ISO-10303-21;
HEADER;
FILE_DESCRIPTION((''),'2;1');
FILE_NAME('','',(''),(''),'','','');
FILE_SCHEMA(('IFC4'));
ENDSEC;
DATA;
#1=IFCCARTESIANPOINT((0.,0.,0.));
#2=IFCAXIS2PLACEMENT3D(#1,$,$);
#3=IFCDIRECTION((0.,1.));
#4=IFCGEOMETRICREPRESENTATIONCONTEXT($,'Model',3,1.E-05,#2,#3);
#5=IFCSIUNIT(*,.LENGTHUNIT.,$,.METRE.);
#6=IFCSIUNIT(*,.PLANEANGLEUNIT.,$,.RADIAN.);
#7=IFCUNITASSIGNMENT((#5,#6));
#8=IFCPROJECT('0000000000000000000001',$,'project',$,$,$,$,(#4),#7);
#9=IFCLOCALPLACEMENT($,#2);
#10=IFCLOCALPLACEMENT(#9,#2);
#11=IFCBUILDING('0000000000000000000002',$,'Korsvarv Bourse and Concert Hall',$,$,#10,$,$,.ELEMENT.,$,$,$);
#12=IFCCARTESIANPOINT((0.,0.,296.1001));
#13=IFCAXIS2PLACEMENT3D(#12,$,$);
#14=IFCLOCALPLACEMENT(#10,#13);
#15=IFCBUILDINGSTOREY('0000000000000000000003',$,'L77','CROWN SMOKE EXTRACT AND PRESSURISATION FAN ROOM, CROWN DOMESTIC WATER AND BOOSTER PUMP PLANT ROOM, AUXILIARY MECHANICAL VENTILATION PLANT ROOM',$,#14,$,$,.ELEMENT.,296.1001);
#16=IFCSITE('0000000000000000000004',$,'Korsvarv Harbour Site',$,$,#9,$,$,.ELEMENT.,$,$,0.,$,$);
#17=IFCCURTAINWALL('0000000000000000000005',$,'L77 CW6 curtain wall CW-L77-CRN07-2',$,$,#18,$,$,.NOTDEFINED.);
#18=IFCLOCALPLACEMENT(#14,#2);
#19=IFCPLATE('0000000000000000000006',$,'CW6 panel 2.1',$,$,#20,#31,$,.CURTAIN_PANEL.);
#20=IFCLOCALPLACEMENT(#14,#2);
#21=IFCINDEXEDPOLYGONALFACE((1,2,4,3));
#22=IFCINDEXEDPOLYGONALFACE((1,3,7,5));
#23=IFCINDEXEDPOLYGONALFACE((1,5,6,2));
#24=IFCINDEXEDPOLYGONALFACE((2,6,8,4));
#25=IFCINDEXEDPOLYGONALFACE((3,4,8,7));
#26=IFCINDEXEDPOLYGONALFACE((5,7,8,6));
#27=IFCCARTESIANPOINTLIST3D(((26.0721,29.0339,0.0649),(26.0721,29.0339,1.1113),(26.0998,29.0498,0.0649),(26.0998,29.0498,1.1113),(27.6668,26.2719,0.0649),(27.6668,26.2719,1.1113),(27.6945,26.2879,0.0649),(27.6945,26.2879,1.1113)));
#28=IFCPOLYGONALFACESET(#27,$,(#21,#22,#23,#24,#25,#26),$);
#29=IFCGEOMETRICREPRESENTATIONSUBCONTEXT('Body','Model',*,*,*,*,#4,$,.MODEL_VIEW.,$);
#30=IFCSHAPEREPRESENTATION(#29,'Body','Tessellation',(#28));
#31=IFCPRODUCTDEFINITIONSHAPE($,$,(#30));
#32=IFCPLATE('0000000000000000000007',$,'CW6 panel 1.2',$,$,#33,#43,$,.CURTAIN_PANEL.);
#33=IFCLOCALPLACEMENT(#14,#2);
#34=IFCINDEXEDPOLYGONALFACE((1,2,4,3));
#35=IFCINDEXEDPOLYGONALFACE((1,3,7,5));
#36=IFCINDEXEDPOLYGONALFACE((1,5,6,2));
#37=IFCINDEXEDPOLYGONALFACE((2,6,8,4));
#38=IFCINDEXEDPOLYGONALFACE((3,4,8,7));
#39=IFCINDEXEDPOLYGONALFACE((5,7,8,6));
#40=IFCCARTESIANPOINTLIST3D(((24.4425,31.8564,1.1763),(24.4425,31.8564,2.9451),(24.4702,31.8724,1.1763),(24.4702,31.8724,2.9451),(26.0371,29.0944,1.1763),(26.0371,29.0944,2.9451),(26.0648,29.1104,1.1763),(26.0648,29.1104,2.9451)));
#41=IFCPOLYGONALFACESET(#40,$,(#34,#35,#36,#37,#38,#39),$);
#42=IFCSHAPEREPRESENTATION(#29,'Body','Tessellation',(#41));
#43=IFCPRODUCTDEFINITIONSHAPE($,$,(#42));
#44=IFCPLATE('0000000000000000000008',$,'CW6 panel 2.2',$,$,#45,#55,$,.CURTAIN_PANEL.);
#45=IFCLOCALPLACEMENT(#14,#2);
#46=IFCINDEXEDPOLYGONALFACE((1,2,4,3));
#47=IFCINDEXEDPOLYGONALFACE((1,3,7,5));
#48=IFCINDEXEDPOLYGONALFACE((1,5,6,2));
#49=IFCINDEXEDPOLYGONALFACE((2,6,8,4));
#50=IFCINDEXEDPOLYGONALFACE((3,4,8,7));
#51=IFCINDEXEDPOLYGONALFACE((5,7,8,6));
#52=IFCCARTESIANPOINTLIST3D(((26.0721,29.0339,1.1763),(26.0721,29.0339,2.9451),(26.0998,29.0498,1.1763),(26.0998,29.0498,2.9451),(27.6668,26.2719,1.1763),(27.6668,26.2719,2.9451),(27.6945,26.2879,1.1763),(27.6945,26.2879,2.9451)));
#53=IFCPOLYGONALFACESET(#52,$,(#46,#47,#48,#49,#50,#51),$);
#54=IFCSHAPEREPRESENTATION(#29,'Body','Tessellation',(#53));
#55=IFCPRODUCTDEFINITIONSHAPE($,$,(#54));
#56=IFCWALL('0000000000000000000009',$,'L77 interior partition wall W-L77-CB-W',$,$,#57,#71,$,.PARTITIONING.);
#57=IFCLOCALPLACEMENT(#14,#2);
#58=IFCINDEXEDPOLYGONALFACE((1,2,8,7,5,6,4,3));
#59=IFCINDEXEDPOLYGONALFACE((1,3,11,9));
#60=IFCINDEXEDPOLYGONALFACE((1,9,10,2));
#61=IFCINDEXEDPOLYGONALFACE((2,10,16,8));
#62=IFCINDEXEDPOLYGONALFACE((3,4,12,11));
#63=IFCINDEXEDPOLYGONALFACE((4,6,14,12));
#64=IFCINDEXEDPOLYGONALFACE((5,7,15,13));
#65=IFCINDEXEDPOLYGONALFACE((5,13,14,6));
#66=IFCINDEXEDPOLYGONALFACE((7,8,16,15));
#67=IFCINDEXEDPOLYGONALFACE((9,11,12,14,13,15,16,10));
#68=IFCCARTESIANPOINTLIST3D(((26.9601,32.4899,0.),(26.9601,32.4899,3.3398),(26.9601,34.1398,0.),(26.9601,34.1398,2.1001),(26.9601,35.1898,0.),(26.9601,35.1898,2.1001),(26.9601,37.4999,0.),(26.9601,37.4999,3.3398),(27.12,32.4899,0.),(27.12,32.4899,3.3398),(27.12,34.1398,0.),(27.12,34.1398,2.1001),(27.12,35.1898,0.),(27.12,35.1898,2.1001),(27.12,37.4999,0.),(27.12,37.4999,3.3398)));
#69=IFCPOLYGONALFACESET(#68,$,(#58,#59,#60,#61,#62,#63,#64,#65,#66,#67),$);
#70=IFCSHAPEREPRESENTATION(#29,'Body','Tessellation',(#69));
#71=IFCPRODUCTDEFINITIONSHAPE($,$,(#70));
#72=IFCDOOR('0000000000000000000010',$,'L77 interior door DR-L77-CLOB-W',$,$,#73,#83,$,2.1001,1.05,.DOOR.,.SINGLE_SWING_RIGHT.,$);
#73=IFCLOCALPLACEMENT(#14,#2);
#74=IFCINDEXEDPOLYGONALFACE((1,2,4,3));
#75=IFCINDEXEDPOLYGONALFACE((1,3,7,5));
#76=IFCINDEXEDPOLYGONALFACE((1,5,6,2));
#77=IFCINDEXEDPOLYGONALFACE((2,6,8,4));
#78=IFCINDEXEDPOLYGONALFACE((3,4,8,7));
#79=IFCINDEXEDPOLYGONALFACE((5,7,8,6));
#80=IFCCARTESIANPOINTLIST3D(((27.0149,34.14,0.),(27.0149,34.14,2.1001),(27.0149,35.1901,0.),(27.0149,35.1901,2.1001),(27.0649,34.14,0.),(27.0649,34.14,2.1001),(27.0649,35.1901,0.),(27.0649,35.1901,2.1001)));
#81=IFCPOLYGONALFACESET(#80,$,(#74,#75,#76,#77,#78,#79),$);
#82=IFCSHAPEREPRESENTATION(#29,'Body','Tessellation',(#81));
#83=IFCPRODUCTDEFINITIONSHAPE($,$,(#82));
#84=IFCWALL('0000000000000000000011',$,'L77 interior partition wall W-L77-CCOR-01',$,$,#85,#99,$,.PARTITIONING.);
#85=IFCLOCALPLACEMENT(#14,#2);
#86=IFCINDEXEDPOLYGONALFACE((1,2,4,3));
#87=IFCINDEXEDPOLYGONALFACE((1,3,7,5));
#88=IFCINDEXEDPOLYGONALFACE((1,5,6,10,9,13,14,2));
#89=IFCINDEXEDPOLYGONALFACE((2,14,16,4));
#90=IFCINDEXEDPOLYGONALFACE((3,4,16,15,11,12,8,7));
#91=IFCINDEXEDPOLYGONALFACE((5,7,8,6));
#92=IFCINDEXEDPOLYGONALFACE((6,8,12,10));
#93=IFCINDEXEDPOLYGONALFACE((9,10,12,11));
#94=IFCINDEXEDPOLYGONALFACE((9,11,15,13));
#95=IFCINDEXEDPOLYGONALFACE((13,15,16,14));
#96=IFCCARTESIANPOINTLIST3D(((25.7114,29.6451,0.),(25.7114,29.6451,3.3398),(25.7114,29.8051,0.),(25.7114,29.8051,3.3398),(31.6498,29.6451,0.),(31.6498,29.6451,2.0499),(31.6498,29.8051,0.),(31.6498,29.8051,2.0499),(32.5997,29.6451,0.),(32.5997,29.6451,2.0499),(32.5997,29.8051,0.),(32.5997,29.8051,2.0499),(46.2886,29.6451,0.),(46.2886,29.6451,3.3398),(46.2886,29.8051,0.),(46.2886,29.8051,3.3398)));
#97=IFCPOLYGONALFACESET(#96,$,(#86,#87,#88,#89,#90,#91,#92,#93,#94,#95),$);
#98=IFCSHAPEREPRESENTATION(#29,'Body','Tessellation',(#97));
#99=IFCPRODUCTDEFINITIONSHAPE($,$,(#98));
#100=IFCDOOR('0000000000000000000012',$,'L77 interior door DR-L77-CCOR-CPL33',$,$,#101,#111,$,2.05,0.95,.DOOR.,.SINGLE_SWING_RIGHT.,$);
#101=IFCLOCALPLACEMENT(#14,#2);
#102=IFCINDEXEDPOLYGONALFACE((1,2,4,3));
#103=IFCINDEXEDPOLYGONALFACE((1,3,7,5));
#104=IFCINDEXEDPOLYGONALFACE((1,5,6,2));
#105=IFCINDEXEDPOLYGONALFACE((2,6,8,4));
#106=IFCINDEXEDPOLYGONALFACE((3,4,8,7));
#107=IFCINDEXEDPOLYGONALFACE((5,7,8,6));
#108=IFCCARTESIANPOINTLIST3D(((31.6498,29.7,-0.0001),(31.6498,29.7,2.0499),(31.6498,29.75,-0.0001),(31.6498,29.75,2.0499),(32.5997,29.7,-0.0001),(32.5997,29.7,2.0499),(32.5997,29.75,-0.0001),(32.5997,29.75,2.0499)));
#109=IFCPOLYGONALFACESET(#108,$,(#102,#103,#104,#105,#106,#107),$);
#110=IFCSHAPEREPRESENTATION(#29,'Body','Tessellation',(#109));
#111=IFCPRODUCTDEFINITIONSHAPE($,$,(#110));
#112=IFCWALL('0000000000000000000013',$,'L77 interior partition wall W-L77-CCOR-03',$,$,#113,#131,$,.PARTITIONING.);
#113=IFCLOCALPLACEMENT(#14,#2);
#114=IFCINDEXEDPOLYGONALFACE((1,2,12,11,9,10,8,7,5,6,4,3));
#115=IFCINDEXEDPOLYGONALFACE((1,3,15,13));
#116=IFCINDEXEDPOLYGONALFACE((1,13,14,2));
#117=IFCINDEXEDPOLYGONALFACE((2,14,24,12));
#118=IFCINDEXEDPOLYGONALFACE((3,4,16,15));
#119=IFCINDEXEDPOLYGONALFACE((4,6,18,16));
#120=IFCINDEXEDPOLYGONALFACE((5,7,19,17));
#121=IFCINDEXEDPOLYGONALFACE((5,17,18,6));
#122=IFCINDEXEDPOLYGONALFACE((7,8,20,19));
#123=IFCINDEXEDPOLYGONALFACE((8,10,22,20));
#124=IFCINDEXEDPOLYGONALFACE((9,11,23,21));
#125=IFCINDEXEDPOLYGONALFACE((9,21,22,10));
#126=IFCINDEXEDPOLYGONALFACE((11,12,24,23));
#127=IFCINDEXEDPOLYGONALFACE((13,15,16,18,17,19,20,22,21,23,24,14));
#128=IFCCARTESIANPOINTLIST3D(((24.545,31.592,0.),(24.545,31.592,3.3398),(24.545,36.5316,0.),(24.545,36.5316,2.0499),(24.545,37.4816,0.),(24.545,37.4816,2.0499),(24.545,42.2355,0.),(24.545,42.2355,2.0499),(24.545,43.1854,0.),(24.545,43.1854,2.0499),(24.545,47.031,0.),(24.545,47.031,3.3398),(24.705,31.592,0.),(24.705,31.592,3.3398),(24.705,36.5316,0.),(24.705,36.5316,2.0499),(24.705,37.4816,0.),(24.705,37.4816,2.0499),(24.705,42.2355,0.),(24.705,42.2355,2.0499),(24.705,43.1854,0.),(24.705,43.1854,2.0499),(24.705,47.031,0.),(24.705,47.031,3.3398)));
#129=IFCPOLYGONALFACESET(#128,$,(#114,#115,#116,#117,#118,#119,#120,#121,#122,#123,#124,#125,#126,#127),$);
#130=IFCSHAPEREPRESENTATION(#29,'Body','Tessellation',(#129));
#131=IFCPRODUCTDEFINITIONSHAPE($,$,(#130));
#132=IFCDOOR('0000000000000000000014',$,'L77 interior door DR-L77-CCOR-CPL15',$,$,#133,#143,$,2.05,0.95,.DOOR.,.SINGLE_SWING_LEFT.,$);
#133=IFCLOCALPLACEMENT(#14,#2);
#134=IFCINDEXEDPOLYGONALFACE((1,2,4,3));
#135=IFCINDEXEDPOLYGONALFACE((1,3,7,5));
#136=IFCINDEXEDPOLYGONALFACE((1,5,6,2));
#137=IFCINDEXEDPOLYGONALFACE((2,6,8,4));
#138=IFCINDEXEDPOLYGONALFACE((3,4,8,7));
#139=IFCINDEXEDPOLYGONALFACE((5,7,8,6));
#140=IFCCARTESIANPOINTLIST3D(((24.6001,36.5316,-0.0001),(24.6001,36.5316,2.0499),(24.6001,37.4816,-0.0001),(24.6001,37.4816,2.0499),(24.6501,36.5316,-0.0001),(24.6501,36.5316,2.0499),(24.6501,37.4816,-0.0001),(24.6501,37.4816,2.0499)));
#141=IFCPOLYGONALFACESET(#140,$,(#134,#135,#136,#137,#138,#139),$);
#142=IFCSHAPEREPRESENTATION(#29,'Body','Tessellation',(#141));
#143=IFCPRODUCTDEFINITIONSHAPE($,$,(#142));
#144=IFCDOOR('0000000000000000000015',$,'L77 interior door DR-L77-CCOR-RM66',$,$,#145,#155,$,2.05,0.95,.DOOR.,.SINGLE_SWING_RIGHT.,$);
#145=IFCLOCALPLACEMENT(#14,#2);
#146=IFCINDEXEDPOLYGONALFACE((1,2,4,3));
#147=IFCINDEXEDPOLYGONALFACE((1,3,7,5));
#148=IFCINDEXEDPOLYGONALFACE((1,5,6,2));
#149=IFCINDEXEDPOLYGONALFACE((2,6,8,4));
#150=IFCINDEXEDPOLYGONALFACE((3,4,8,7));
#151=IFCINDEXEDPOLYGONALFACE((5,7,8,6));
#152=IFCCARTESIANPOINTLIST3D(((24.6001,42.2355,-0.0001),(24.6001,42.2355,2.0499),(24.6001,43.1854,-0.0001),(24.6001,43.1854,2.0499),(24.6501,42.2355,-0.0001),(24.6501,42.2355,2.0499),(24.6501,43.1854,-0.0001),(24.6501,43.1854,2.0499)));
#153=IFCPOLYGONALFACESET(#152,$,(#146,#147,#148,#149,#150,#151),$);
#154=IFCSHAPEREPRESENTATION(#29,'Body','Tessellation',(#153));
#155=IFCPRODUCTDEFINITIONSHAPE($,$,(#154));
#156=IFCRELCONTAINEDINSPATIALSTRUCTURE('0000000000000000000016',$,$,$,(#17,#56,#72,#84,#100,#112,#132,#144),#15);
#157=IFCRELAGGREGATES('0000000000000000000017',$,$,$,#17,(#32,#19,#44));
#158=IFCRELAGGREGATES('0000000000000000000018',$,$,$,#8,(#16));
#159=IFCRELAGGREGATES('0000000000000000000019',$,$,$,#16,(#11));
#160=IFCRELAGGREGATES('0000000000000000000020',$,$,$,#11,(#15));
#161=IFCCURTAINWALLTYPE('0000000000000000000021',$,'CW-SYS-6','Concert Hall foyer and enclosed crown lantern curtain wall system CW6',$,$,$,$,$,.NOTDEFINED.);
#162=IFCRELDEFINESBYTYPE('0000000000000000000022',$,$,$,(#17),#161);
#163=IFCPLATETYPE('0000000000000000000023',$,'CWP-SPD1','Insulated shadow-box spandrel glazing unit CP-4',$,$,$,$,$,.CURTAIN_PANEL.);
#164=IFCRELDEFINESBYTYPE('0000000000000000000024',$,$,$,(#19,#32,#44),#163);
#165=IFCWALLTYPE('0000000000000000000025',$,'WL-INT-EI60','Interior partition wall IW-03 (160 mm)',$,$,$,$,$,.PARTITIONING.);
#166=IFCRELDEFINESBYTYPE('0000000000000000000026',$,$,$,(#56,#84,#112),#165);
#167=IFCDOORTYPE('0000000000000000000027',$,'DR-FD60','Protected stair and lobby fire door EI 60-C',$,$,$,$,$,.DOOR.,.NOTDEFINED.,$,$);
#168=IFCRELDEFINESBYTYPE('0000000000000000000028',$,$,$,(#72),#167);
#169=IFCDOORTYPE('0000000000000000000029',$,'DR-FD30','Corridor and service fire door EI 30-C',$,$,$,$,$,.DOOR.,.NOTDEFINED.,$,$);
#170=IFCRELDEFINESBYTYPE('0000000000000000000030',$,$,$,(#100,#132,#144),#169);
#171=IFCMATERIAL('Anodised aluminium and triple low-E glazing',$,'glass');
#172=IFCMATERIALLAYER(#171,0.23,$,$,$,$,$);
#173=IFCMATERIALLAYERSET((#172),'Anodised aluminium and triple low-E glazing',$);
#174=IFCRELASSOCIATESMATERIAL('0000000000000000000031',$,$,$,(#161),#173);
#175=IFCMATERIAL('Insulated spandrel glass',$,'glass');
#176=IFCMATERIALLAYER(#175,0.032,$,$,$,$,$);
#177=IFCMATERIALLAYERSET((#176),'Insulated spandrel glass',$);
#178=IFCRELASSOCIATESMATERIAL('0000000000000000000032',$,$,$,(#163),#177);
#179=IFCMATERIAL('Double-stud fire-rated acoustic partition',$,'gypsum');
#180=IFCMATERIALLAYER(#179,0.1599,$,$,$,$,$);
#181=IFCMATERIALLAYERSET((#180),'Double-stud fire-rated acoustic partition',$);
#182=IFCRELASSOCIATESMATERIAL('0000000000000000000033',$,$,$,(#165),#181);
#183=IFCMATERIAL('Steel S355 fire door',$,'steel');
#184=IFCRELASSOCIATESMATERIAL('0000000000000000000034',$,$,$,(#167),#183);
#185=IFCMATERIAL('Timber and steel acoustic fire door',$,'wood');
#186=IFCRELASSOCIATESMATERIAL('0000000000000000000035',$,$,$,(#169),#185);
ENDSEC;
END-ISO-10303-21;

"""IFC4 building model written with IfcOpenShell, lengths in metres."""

from ifc_helpers import new_model, si_unit, direction, frame, frame_2d, origin, origin_2d, place, context, subcontext, project, spatial, rectangle, extrude, source, transform, mapped, material, layer, layer_set, type_object, element, fill, aggregate, save


model = new_model("IFC4")

# Units and contexts
model_context = context("Model", 3, precision=1e-05, world=origin(), true_north=direction((0.0, 1.0)))
body_context = subcontext(model_context, "Body", "Model", "MODEL_VIEW")
ifc_project = project(units=[si_unit("LENGTHUNIT", "METRE"), si_unit("PLANEANGLEUNIT", "RADIAN")], contexts=[model_context])

# Site, building, storey
site_placement = place(None, origin())
site = spatial("IfcSite", under=ifc_project, at=site_placement, Name="Korsvarv Harbour Site", CompositionType="ELEMENT", RefElevation=0.0)
building_placement = place(site_placement, origin())
building = spatial("IfcBuilding", under=site, at=building_placement, Name="Korsvarv Bourse and Concert Hall", CompositionType="ELEMENT")
storey_placement = place(building_placement, frame((0.0, 0.0, 296.1001)))
storey = spatial("IfcBuildingStorey", under=building, at=storey_placement, Name="L77", Description="CROWN SMOKE EXTRACT AND PRESSURISATION FAN ROOM, CROWN DOMESTIC WATER AND BOOSTER PUMP PLANT ROOM, AUXILIARY MECHANICAL VENTILATION PLANT ROOM", CompositionType="ELEMENT", Elevation=296.1001)

# Shared definitions
ifc_material_1 = material(Name="Anodised aluminium and triple low-E glazing", Category="glass")
ifc_layer_1 = layer(ifc_material_1, 0.23)
ifc_layer_set_1 = layer_set([ifc_layer_1], Name="Anodised aluminium and triple low-E glazing")
curtain_wall_type = type_object("IfcCurtainWallType", Name="CW-SYS-6", Description="Concert Hall foyer and enclosed crown lantern curtain wall system CW6", PredefinedType="NOTDEFINED", material=ifc_layer_set_1)

# Curtain wall
curtain_wall_1_placement = place(storey_placement, origin())
curtain_wall_1 = element("IfcCurtainWall", 1, at=curtain_wall_1_placement, inside=storey, type_object=curtain_wall_type, Name="L77 CW6 curtain wall CW-L77-CRN07-2", PredefinedType="NOTDEFINED")

# Plates
ifc_material_2 = material(Name="Insulated spandrel glass", Category="glass")
ifc_layer_2 = layer(ifc_material_2, 0.032)
ifc_layer_set_2 = layer_set([ifc_layer_2], Name="Insulated spandrel glass")
plate_type = type_object("IfcPlateType", Name="CWP-SPD1", Description="Insulated shadow-box spandrel glazing unit CP-4", PredefinedType="CURTAIN_PANEL", material=ifc_layer_set_2)
shared_shape_1 = source(origin(), body_context, "Body", "SweptSolid", [
    extrude(rectangle(XDim=3.1892, YDim=0.032, at=origin_2d()), origin(), (0.0, 0.0, 1.0), 1.0464),
])
plate_1_placement = place(storey_placement, frame((26.8833, 27.6609, 0.0649), z_axis=(0.0, 0.0, 1.0), x_axis=(0.500008, -0.866021, 0.0)))
plate_1 = element("IfcPlate", 2, at=plate_1_placement, type_object=plate_type, Name="CW6 panel 2.1", PredefinedType="CURTAIN_PANEL", context=body_context, shape_type="MappedRepresentation", body=[
    mapped(shared_shape_1, transform((0.0, 0.0, 0.0), scale=1.0)),
])
shared_shape_2 = source(origin(), body_context, "Body", "SweptSolid", [
    extrude(rectangle(XDim=3.1892, YDim=0.032, at=origin_2d()), origin(), (0.0, 0.0, 1.0), 1.7688),
])
plate_2_placement = place(storey_placement, frame((25.2537, 30.4834, 1.1763), z_axis=(0.0, 0.0, 1.0), x_axis=(0.500008, -0.866021, 0.0)))
plate_2 = element("IfcPlate", 3, at=plate_2_placement, type_object=plate_type, Name="CW6 panel 1.2", PredefinedType="CURTAIN_PANEL", context=body_context, shape_type="MappedRepresentation", body=[
    mapped(shared_shape_2, transform((0.0, 0.0, 0.0), scale=1.0)),
])
plate_3_placement = place(storey_placement, frame((26.8833, 27.6609, 1.1763), z_axis=(0.0, 0.0, 1.0), x_axis=(0.500008, -0.866021, 0.0)))
plate_3 = element("IfcPlate", 4, at=plate_3_placement, type_object=plate_type, Name="CW6 panel 2.2", PredefinedType="CURTAIN_PANEL", context=body_context, shape_type="MappedRepresentation", body=[
    mapped(shared_shape_2, transform((0.0, 0.0, 0.0), scale=1.0)),
])
aggregate(curtain_wall_1, [plate_2, plate_1, plate_3])

# Walls, openings, doors
ifc_material_3 = material(Name="Double-stud fire-rated acoustic partition", Category="gypsum")
ifc_layer_3 = layer(ifc_material_3, 0.1599)
ifc_layer_set_3 = layer_set([ifc_layer_3], Name="Double-stud fire-rated acoustic partition")
wall_type_1 = type_object("IfcWallType", Name="WL-INT-EI60", Description="Interior partition wall IW-03 (160 mm)", PredefinedType="PARTITIONING", material=ifc_layer_set_3)
wall_1_placement = place(storey_placement, frame((27.04, 32.49, 0.0), z_axis=(0.0, 0.0, 1.0), x_axis=(0.0, 1.0, 0.0)))
wall_1 = element("IfcWall", 5, at=wall_1_placement, inside=storey, type_object=wall_type_1, Name="L77 interior partition wall W-L77-CB-W", PredefinedType="PARTITIONING", context=body_context, shape_type="SweptSolid", body=[
    extrude(rectangle(XDim=5.01, YDim=0.1599, at=frame_2d((2.5049, 0.0))), origin(), (0.0, 0.0, 1.0), 3.3398),
])
opening_1_placement = place(wall_1_placement, frame((1.6499, 0.0, 0.0)))
opening_1 = element("IfcOpeningElement", 6, at=opening_1_placement, cuts=wall_1, PredefinedType="OPENING", context=body_context, shape_type="SweptSolid", body=[
    extrude(rectangle(XDim=1.05, YDim=2.1001, at=frame_2d((0.5249, 1.05))), frame((0.0, 0.0898, 0.0), z_axis=(0.0, -1.0, 0.0), x_axis=(1.0, 0.0, 0.0)), (0.0, 0.0, 1.0), 0.1799),
])
ifc_material_4 = material(Name="Steel S355 fire door", Category="steel")
door_type_1 = type_object("IfcDoorType", Name="DR-FD60", Description="Protected stair and lobby fire door EI 60-C", OperationType="NOTDEFINED", PredefinedType="DOOR", material=ifc_material_4)
door_1_placement = place(opening_1_placement, frame((1.05, 0.0, 0.0), z_axis=(0.0, 0.0, 1.0), x_axis=(-1.0, 0.0, 0.0)))
door_1 = element("IfcDoor", 7, at=door_1_placement, inside=storey, type_object=door_type_1, Name="L77 interior door DR-L77-CLOB-W", OperationType="SINGLE_SWING_RIGHT", OverallHeight=2.1001, OverallWidth=1.05, PredefinedType="DOOR", context=body_context, shape_type="SweptSolid", body=[
    extrude(rectangle(XDim=1.05, YDim=2.1001, at=frame_2d((0.5249, 1.05))), frame((0.0, 0.0249, 0.0), z_axis=(0.0, -1.0, 0.0), x_axis=(1.0, 0.0, 0.0)), (0.0, 0.0, 1.0), 0.05),
])
fill(opening_1, door_1)
wall_2_placement = place(storey_placement, frame((25.7114, 29.7251, 0.0), z_axis=(0.0, 0.0, 1.0), x_axis=(1.0, 0.0, 0.0)))
wall_2 = element("IfcWall", 8, at=wall_2_placement, inside=storey, type_object=wall_type_1, Name="L77 interior partition wall W-L77-CCOR-01", PredefinedType="PARTITIONING", context=body_context, shape_type="SweptSolid", body=[
    extrude(rectangle(XDim=20.5771, YDim=0.1599, at=frame_2d((10.2886, 0.0))), origin(), (0.0, 0.0, 1.0), 3.3398),
])
opening_2_placement = place(wall_2_placement, frame((5.9382, 0.0, 0.0)))
opening_2 = element("IfcOpeningElement", 9, at=opening_2_placement, cuts=wall_2, PredefinedType="OPENING", context=body_context, shape_type="SweptSolid", body=[
    extrude(rectangle(XDim=0.95, YDim=2.05, at=frame_2d((0.4751, 1.0249))), frame((0.0, 0.0898, 0.0), z_axis=(0.0, -1.0, 0.0), x_axis=(1.0, 0.0, 0.0)), (0.0, 0.0, 1.0), 0.1799),
])
ifc_material_5 = material(Name="Timber and steel acoustic fire door", Category="wood")
door_type_2 = type_object("IfcDoorType", Name="DR-FD30", Description="Corridor and service fire door EI 30-C", OperationType="NOTDEFINED", PredefinedType="DOOR", material=ifc_material_5)
door_2_placement = place(opening_2_placement, origin())
door_2 = element("IfcDoor", 10, at=door_2_placement, inside=storey, type_object=door_type_2, Name="L77 interior door DR-L77-CCOR-CPL33", OperationType="SINGLE_SWING_RIGHT", OverallHeight=2.05, OverallWidth=0.95, PredefinedType="DOOR", context=body_context, shape_type="SweptSolid", body=[
    extrude(rectangle(XDim=0.95, YDim=2.05, at=frame_2d((0.4751, 1.0249))), frame((0.0, 0.0249, 0.0), z_axis=(0.0, -1.0, 0.0), x_axis=(1.0, 0.0, 0.0)), (0.0, 0.0, 1.0), 0.05),
])
fill(opening_2, door_2)

# Wall, openings, doors
wall_3_placement = place(storey_placement, frame((24.625, 31.592, 0.0), z_axis=(0.0, 0.0, 1.0), x_axis=(0.0, 1.0, 0.0)))
wall_3 = element("IfcWall", 11, at=wall_3_placement, inside=storey, type_object=wall_type_1, Name="L77 interior partition wall W-L77-CCOR-03", PredefinedType="PARTITIONING", context=body_context, shape_type="SweptSolid", body=[
    extrude(rectangle(XDim=15.439, YDim=0.1599, at=frame_2d((7.7195, 0.0))), origin(), (0.0, 0.0, 1.0), 3.3398),
])
opening_3_placement = place(wall_3_placement, frame((4.9395, 0.0, 0.0)))
opening_3 = element("IfcOpeningElement", 12, at=opening_3_placement, cuts=wall_3, PredefinedType="OPENING", context=body_context, shape_type="SweptSolid", body=[
    extrude(rectangle(XDim=0.95, YDim=2.05, at=frame_2d((0.4751, 1.0249))), frame((0.0, 0.0898, 0.0), z_axis=(0.0, -1.0, 0.0), x_axis=(1.0, 0.0, 0.0)), (0.0, 0.0, 1.0), 0.1799),
])
opening_4_placement = place(wall_3_placement, frame((10.6433, 0.0, 0.0)))
opening_4 = element("IfcOpeningElement", 13, at=opening_4_placement, cuts=wall_3, PredefinedType="OPENING", context=body_context, shape_type="SweptSolid", body=[
    extrude(rectangle(XDim=0.95, YDim=2.05, at=frame_2d((0.4751, 1.0249))), frame((0.0, 0.0898, 0.0), z_axis=(0.0, -1.0, 0.0), x_axis=(1.0, 0.0, 0.0)), (0.0, 0.0, 1.0), 0.1799),
])
door_3_placement = place(opening_3_placement, origin())
door_3 = element("IfcDoor", 14, at=door_3_placement, inside=storey, type_object=door_type_2, Name="L77 interior door DR-L77-CCOR-CPL15", OperationType="SINGLE_SWING_LEFT", OverallHeight=2.05, OverallWidth=0.95, PredefinedType="DOOR", context=body_context, shape_type="SweptSolid", body=[
    extrude(rectangle(XDim=0.95, YDim=2.05, at=frame_2d((0.4751, 1.0249))), frame((0.0, 0.0249, 0.0), z_axis=(0.0, -1.0, 0.0), x_axis=(1.0, 0.0, 0.0)), (0.0, 0.0, 1.0), 0.05),
])
fill(opening_3, door_3)
door_4_placement = place(opening_4_placement, origin())
door_4 = element("IfcDoor", 15, at=door_4_placement, inside=storey, type_object=door_type_2, Name="L77 interior door DR-L77-CCOR-RM66", OperationType="SINGLE_SWING_RIGHT", OverallHeight=2.05, OverallWidth=0.95, PredefinedType="DOOR", context=body_context, shape_type="SweptSolid", body=[
    extrude(rectangle(XDim=0.95, YDim=2.05, at=frame_2d((0.4751, 1.0249))), frame((0.0, 0.0249, 0.0), z_axis=(0.0, -1.0, 0.0), x_axis=(1.0, 0.0, 0.0)), (0.0, 0.0, 1.0), 0.05),
])
fill(opening_4, door_4)

save(model, "model.ifc")
